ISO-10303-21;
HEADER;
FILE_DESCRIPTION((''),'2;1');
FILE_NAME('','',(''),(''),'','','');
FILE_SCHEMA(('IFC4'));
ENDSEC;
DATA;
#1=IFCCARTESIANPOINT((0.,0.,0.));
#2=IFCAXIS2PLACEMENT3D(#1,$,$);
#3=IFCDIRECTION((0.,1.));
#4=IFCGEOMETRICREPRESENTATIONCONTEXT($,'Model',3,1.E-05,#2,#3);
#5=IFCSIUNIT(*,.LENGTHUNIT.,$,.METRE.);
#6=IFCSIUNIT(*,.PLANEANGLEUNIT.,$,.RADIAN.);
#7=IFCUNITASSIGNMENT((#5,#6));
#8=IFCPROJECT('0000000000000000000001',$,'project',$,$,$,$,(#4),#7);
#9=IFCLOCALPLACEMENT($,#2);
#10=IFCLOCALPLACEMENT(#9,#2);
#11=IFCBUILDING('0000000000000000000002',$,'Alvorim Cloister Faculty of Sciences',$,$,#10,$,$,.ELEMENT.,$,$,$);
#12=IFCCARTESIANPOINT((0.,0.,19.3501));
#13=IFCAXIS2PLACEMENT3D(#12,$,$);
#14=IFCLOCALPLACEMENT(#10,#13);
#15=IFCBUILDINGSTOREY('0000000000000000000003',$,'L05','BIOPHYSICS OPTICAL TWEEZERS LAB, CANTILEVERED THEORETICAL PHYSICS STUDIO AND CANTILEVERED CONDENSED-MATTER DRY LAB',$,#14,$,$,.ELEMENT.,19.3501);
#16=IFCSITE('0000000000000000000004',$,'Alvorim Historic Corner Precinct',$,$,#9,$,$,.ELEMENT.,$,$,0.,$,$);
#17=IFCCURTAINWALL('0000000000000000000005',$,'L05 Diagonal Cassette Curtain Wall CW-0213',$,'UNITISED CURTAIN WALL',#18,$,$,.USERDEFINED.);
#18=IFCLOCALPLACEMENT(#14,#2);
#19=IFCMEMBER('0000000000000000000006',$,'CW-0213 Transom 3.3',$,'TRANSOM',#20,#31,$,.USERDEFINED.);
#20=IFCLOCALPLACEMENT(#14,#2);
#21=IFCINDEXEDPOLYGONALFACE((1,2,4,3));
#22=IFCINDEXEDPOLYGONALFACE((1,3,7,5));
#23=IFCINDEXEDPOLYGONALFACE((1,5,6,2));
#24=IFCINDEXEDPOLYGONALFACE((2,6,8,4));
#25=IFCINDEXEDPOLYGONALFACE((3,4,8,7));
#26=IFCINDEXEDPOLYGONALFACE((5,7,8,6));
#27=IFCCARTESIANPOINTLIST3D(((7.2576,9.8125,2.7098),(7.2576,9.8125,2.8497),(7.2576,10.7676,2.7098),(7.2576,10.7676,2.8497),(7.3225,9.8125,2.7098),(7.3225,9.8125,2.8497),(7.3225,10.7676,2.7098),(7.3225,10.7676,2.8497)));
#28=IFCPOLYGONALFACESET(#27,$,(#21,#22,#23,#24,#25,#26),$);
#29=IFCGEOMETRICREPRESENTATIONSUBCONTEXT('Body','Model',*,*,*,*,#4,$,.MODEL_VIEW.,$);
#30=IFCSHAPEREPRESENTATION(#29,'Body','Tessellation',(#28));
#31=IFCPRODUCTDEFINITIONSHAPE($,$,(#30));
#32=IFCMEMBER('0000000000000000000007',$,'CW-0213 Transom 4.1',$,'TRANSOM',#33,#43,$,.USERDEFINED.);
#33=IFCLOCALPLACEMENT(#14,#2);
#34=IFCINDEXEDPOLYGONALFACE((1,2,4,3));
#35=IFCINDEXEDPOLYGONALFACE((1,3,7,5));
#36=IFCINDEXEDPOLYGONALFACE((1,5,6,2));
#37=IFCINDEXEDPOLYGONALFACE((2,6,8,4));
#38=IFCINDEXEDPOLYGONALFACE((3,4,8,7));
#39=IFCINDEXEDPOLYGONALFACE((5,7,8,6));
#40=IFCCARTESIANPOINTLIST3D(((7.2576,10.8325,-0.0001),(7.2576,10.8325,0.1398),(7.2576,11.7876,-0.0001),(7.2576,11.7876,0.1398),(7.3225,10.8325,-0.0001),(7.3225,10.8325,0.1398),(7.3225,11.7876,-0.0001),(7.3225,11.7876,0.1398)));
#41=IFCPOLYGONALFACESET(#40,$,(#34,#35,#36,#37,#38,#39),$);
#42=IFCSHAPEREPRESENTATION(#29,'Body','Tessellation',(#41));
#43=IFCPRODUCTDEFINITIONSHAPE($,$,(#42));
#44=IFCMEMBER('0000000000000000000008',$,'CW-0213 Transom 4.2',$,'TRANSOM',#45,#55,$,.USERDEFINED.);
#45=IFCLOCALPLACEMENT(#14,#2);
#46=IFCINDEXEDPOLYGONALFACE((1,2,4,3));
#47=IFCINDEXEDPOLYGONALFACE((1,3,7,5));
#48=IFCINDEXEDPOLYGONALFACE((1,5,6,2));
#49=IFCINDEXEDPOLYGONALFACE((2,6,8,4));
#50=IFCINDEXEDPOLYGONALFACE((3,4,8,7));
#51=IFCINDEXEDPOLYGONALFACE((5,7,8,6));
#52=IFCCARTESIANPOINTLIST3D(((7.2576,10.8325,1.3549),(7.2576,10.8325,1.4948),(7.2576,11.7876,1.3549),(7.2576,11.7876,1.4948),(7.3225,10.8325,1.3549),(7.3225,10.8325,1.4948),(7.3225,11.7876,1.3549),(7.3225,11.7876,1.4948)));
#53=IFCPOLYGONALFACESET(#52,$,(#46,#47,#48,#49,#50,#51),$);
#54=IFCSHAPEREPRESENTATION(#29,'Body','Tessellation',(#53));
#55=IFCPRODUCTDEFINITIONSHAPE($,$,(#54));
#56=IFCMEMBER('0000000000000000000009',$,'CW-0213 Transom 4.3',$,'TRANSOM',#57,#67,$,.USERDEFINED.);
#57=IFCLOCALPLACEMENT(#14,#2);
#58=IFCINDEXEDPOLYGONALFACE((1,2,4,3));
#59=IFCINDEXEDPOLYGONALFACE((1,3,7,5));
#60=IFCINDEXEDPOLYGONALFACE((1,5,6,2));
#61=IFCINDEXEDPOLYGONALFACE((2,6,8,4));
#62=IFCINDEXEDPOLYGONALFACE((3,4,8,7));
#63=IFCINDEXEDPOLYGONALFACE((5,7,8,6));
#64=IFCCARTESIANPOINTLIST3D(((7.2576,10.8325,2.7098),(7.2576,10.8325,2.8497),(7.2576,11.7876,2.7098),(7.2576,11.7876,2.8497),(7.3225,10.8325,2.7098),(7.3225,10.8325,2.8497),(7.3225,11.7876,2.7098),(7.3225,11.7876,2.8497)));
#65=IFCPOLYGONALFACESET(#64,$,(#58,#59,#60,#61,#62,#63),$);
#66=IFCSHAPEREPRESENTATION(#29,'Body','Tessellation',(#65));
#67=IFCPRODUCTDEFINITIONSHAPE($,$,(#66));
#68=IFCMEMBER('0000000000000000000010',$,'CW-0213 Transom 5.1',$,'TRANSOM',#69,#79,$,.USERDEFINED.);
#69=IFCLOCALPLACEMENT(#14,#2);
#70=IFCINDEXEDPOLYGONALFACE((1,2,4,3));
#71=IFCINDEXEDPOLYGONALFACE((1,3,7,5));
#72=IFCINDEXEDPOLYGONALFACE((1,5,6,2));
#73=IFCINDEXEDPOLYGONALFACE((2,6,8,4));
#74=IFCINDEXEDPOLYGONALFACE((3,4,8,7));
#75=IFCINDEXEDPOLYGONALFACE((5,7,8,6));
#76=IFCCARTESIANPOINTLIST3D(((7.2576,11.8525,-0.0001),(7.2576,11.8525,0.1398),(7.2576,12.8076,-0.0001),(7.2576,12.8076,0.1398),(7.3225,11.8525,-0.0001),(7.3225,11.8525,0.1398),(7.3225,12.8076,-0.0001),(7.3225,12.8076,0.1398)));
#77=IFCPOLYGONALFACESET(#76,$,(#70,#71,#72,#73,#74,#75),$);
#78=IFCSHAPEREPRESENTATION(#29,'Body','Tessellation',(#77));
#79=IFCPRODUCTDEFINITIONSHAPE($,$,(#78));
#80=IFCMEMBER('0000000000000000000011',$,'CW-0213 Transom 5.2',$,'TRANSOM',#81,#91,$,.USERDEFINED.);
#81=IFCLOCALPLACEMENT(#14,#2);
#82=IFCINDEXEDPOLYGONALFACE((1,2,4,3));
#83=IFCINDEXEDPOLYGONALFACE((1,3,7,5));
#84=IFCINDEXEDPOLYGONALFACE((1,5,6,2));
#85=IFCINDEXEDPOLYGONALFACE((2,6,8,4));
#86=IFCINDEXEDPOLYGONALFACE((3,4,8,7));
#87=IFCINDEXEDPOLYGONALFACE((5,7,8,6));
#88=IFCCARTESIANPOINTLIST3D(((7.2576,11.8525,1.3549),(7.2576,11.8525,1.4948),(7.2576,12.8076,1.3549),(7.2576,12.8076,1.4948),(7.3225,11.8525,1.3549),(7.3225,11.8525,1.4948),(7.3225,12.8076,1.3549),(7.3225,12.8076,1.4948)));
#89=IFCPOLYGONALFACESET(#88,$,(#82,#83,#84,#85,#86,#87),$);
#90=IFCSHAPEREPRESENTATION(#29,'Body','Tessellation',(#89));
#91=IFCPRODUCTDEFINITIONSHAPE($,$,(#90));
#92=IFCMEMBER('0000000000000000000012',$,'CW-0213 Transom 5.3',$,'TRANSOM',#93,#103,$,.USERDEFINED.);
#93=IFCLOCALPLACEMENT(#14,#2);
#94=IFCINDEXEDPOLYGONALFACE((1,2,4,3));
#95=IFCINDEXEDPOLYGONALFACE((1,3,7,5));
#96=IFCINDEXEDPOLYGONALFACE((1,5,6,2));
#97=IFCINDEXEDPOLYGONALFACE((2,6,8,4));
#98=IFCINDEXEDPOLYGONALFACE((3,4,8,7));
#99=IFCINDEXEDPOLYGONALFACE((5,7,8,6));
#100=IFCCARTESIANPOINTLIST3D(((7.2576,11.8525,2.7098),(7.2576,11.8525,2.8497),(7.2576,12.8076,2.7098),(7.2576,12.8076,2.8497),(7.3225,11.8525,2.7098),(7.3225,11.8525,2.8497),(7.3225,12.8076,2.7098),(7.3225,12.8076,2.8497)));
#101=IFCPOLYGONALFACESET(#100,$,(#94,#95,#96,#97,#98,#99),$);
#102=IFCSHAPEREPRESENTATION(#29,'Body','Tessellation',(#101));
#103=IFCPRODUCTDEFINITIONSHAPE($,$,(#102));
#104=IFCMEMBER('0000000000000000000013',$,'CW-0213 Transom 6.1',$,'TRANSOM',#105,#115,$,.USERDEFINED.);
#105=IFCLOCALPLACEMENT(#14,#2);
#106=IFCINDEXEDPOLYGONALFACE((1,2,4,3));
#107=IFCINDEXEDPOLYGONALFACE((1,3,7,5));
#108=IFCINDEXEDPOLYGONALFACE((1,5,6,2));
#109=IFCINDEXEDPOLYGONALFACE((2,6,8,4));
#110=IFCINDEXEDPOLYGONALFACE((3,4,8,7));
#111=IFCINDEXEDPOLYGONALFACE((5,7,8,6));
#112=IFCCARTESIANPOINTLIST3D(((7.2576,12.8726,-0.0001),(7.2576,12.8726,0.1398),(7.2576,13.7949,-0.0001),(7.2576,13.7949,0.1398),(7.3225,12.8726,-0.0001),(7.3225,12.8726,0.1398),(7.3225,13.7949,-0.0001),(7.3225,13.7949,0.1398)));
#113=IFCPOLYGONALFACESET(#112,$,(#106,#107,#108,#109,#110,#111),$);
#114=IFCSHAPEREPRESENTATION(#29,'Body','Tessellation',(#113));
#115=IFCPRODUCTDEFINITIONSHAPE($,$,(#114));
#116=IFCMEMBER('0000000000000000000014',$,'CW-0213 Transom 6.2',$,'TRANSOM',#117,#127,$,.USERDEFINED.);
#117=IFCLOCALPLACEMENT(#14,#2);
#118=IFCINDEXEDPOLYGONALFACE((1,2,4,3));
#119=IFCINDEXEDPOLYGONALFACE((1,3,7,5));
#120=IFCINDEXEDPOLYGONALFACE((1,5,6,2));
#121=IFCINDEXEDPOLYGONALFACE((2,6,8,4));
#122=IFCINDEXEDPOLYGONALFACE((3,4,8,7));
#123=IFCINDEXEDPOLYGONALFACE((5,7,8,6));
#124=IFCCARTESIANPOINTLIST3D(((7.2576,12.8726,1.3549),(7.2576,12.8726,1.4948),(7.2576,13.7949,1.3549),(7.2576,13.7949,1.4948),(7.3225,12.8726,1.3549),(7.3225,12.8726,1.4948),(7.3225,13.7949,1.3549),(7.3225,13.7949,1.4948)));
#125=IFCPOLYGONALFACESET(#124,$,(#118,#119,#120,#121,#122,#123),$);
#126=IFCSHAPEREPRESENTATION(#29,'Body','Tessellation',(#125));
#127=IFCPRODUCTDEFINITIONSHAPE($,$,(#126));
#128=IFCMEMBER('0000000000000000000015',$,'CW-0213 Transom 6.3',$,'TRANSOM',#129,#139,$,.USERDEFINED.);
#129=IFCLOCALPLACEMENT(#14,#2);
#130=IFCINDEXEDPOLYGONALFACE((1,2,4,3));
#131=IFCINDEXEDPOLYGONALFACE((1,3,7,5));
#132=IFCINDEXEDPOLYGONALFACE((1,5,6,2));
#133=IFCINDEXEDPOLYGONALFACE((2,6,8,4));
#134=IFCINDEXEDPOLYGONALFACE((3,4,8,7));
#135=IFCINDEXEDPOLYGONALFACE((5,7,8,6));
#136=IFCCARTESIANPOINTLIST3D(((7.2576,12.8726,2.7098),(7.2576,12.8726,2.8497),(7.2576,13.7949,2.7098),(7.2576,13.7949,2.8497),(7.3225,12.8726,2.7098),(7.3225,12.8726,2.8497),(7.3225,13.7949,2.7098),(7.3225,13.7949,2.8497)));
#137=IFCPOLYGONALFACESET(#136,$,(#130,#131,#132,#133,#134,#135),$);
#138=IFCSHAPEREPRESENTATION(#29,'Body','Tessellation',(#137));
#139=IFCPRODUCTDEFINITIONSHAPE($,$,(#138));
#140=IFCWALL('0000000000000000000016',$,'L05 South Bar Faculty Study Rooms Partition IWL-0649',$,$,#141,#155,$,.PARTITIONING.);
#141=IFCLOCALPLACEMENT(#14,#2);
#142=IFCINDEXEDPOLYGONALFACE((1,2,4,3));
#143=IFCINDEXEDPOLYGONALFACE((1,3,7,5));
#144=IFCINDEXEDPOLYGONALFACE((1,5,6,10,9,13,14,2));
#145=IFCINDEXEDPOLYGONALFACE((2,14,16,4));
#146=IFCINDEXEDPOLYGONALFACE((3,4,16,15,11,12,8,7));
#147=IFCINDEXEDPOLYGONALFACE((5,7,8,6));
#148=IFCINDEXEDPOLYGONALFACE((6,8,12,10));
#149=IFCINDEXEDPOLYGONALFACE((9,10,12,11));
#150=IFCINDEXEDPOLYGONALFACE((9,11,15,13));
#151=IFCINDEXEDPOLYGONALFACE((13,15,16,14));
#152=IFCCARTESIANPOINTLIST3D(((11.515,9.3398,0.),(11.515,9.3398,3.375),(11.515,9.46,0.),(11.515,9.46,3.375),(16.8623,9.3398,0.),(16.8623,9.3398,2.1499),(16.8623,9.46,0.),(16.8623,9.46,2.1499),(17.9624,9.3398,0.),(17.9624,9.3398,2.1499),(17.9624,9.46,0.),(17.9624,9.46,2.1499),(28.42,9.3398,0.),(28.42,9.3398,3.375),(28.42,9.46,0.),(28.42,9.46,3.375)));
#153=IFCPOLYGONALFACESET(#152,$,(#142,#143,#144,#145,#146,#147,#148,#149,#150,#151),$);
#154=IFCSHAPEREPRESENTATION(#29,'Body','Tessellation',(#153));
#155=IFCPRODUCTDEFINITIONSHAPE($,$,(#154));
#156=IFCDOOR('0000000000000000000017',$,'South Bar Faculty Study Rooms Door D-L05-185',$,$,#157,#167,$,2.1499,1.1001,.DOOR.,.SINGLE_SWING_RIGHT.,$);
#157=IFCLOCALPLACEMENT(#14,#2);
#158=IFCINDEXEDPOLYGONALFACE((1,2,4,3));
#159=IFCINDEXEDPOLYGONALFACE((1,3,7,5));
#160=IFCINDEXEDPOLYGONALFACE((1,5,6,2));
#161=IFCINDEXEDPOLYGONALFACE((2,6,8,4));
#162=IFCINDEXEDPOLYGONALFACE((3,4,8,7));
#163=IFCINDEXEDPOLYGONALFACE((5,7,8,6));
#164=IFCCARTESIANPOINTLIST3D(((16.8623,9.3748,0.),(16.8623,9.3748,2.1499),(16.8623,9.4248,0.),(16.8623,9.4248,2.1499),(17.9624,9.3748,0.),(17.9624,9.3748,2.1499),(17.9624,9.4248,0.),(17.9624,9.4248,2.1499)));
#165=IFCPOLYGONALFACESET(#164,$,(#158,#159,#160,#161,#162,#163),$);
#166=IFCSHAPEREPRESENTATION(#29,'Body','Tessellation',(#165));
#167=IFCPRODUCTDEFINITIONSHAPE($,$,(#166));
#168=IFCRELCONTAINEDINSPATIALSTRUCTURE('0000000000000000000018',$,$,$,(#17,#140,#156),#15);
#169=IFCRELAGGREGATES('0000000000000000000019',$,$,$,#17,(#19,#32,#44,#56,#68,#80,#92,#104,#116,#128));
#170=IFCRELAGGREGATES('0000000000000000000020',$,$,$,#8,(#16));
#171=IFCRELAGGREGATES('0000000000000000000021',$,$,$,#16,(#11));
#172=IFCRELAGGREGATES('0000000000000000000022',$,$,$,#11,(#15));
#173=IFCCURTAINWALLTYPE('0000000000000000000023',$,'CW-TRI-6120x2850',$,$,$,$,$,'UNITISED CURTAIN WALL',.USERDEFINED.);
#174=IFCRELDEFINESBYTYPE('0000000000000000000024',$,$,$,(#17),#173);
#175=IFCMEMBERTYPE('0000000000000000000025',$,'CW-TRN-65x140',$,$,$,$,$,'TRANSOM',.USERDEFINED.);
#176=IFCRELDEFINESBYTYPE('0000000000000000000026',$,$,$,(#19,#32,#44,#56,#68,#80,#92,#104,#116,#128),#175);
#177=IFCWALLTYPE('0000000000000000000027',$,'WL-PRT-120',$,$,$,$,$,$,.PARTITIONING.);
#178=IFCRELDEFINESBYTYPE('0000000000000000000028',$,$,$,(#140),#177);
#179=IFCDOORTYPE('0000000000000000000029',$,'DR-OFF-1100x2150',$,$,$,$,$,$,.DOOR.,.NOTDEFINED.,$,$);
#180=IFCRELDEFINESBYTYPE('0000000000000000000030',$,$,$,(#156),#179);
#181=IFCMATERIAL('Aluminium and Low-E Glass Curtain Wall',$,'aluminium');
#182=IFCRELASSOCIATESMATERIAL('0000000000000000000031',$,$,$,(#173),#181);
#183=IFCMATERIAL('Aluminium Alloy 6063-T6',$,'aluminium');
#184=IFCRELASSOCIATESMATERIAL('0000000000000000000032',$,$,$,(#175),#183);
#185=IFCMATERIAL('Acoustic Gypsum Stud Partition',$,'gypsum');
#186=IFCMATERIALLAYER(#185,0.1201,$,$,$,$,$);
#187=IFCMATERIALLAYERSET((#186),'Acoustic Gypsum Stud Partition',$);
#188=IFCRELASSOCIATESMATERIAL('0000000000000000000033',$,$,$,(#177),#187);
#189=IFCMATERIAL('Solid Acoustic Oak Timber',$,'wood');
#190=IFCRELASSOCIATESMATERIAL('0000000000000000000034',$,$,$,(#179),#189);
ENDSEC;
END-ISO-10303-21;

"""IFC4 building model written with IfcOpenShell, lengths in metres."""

from ifc_helpers import new_model, si_unit, direction, frame, frame_2d, origin, origin_2d, place, context, subcontext, project, spatial, rectangle, extrude, material, layer, layer_set, material_profile, profile_set, type_object, element, fill, aggregate, save


model = new_model("IFC4")

# Units and contexts
model_context = context("Model", 3, precision=1e-05, world=origin(), true_north=direction((0.0, 1.0)))
body_context = subcontext(model_context, "Body", "Model", "MODEL_VIEW")
ifc_project = project(units=[si_unit("LENGTHUNIT", "METRE"), si_unit("PLANEANGLEUNIT", "RADIAN")], contexts=[model_context])

# Site, building, storey
site_placement = place(None, origin())
site = spatial("IfcSite", under=ifc_project, at=site_placement, Name="Alvorim Historic Corner Precinct", CompositionType="ELEMENT", RefElevation=0.0)
building_placement = place(site_placement, origin())
building = spatial("IfcBuilding", under=site, at=building_placement, Name="Alvorim Cloister Faculty of Sciences", CompositionType="ELEMENT")
storey_placement = place(building_placement, frame((0.0, 0.0, 19.3501)))
storey = spatial("IfcBuildingStorey", under=building, at=storey_placement, Name="L05", Description="BIOPHYSICS OPTICAL TWEEZERS LAB, CANTILEVERED THEORETICAL PHYSICS STUDIO AND CANTILEVERED CONDENSED-MATTER DRY LAB", CompositionType="ELEMENT", Elevation=19.3501)

# Curtain wall, members
ifc_material_1 = material(Name="Aluminium and Low-E Glass Curtain Wall", Category="aluminium")
curtain_wall_type = type_object("IfcCurtainWallType", Name="CW-TRI-6120x2850", ElementType="UNITISED CURTAIN WALL", PredefinedType="USERDEFINED", material=ifc_material_1)
curtain_wall_placement = place(storey_placement, origin())
curtain_wall = element("IfcCurtainWall", 1, at=curtain_wall_placement, inside=storey, type_object=curtain_wall_type, Name="L05 Diagonal Cassette Curtain Wall CW-0213", ObjectType="UNITISED CURTAIN WALL", PredefinedType="USERDEFINED")
ifc_material_2 = material(Name="Aluminium Alloy 6063-T6", Category="aluminium")
ifc_material_profile_1 = material_profile(ifc_material_2, rectangle(XDim=0.0649, YDim=0.1399, at=origin_2d()), Name="ALU-TRN-65x140")
ifc_profile_set_1 = profile_set([ifc_material_profile_1], Name="Aluminium Alloy 6063-T6")
member_type_1 = type_object("IfcMemberType", Name="CW-TRN-65x140", ElementType="TRANSOM", PredefinedType="USERDEFINED", material=ifc_profile_set_1)
member_1_placement = place(storey_placement, frame((7.29, 9.8125, 2.7798), z_axis=(0.0, 1.0, 0.0), x_axis=(-1.0, 0.0, 0.0)))
member_1 = element("IfcMember", 2, at=member_1_placement, type_object=member_type_1, Name="CW-0213 Transom 3.3", ObjectType="TRANSOM", PredefinedType="USERDEFINED", context=body_context, shape_type="SweptSolid", body=[
    extrude(rectangle(XDim=0.0649, YDim=0.1399, at=origin_2d()), origin(), (0.0, 0.0, 1.0), 0.9551),
])
member_2_placement = place(storey_placement, frame((7.29, 10.8325, 0.0698), z_axis=(0.0, 1.0, 0.0), x_axis=(-1.0, 0.0, 0.0)))
member_2 = element("IfcMember", 3, at=member_2_placement, type_object=member_type_1, Name="CW-0213 Transom 4.1", ObjectType="TRANSOM", PredefinedType="USERDEFINED", context=body_context, shape_type="SweptSolid", body=[
    extrude(rectangle(XDim=0.0649, YDim=0.1399, at=origin_2d()), origin(), (0.0, 0.0, 1.0), 0.9551),
])
member_3_placement = place(storey_placement, frame((7.29, 10.8325, 1.4248), z_axis=(0.0, 1.0, 0.0), x_axis=(-1.0, 0.0, 0.0)))
member_3 = element("IfcMember", 4, at=member_3_placement, type_object=member_type_1, Name="CW-0213 Transom 4.2", ObjectType="TRANSOM", PredefinedType="USERDEFINED", context=body_context, shape_type="SweptSolid", body=[
    extrude(rectangle(XDim=0.0649, YDim=0.1399, at=origin_2d()), origin(), (0.0, 0.0, 1.0), 0.9551),
])
member_4_placement = place(storey_placement, frame((7.29, 10.8325, 2.7798), z_axis=(0.0, 1.0, 0.0), x_axis=(-1.0, 0.0, 0.0)))
member_4 = element("IfcMember", 5, at=member_4_placement, type_object=member_type_1, Name="CW-0213 Transom 4.3", ObjectType="TRANSOM", PredefinedType="USERDEFINED", context=body_context, shape_type="SweptSolid", body=[
    extrude(rectangle(XDim=0.0649, YDim=0.1399, at=origin_2d()), origin(), (0.0, 0.0, 1.0), 0.9551),
])
member_5_placement = place(storey_placement, frame((7.29, 11.8525, 0.0698), z_axis=(0.0, 1.0, 0.0), x_axis=(-1.0, 0.0, 0.0)))
member_5 = element("IfcMember", 6, at=member_5_placement, type_object=member_type_1, Name="CW-0213 Transom 5.1", ObjectType="TRANSOM", PredefinedType="USERDEFINED", context=body_context, shape_type="SweptSolid", body=[
    extrude(rectangle(XDim=0.0649, YDim=0.1399, at=origin_2d()), origin(), (0.0, 0.0, 1.0), 0.9551),
])
member_6_placement = place(storey_placement, frame((7.29, 11.8525, 1.4248), z_axis=(0.0, 1.0, 0.0), x_axis=(-1.0, 0.0, 0.0)))
member_6 = element("IfcMember", 7, at=member_6_placement, type_object=member_type_1, Name="CW-0213 Transom 5.2", ObjectType="TRANSOM", PredefinedType="USERDEFINED", context=body_context, shape_type="SweptSolid", body=[
    extrude(rectangle(XDim=0.0649, YDim=0.1399, at=origin_2d()), origin(), (0.0, 0.0, 1.0), 0.9551),
])
member_7_placement = place(storey_placement, frame((7.29, 11.8525, 2.7798), z_axis=(0.0, 1.0, 0.0), x_axis=(-1.0, 0.0, 0.0)))
member_7 = element("IfcMember", 8, at=member_7_placement, type_object=member_type_1, Name="CW-0213 Transom 5.3", ObjectType="TRANSOM", PredefinedType="USERDEFINED", context=body_context, shape_type="SweptSolid", body=[
    extrude(rectangle(XDim=0.0649, YDim=0.1399, at=origin_2d()), origin(), (0.0, 0.0, 1.0), 0.9551),
])
member_8_placement = place(storey_placement, frame((7.29, 12.8726, 0.0698), z_axis=(0.0, 1.0, 0.0), x_axis=(-1.0, 0.0, 0.0)))
member_8 = element("IfcMember", 9, at=member_8_placement, type_object=member_type_1, Name="CW-0213 Transom 6.1", ObjectType="TRANSOM", PredefinedType="USERDEFINED", context=body_context, shape_type="SweptSolid", body=[
    extrude(rectangle(XDim=0.0649, YDim=0.1399, at=origin_2d()), origin(), (0.0, 0.0, 1.0), 0.9224),
])
member_9_placement = place(storey_placement, frame((7.29, 12.8726, 1.4248), z_axis=(0.0, 1.0, 0.0), x_axis=(-1.0, 0.0, 0.0)))
member_9 = element("IfcMember", 10, at=member_9_placement, type_object=member_type_1, Name="CW-0213 Transom 6.2", ObjectType="TRANSOM", PredefinedType="USERDEFINED", context=body_context, shape_type="SweptSolid", body=[
    extrude(rectangle(XDim=0.0649, YDim=0.1399, at=origin_2d()), origin(), (0.0, 0.0, 1.0), 0.9224),
])
member_10_placement = place(storey_placement, frame((7.29, 12.8726, 2.7798), z_axis=(0.0, 1.0, 0.0), x_axis=(-1.0, 0.0, 0.0)))
member_10 = element("IfcMember", 11, at=member_10_placement, type_object=member_type_1, Name="CW-0213 Transom 6.3", ObjectType="TRANSOM", PredefinedType="USERDEFINED", context=body_context, shape_type="SweptSolid", body=[
    extrude(rectangle(XDim=0.0649, YDim=0.1399, at=origin_2d()), origin(), (0.0, 0.0, 1.0), 0.9224),
])
aggregate(curtain_wall, [member_1, member_2, member_3, member_4, member_5, member_6, member_7, member_8, member_9, member_10])

# Wall, opening, door
ifc_material_3 = material(Name="Acoustic Gypsum Stud Partition", Category="gypsum")
ifc_layer_1 = layer(ifc_material_3, 0.1201)
ifc_layer_set_1 = layer_set([ifc_layer_1], Name="Acoustic Gypsum Stud Partition")
wall_type_1 = type_object("IfcWallType", Name="WL-PRT-120", PredefinedType="PARTITIONING", material=ifc_layer_set_1)
wall_1_placement = place(storey_placement, frame((11.5149, 9.3999, 0.0), z_axis=(0.0, 0.0, 1.0), x_axis=(1.0, 0.0, 0.0)))
wall_1 = element("IfcWall", 12, at=wall_1_placement, inside=storey, type_object=wall_type_1, Name="L05 South Bar Faculty Study Rooms Partition IWL-0649", PredefinedType="PARTITIONING", context=body_context, shape_type="SweptSolid", body=[
    extrude(rectangle(XDim=16.905, YDim=0.1201, at=frame_2d((8.4526, 0.0))), origin(), (0.0, 0.0, 1.0), 3.375),
])
opening_1_placement = place(wall_1_placement, frame((5.3474, 0.0, 0.0)))
opening_1 = element("IfcOpeningElement", 13, at=opening_1_placement, cuts=wall_1, PredefinedType="OPENING", context=body_context, shape_type="SweptSolid", body=[
    extrude(rectangle(XDim=1.1001, YDim=2.1499, at=frame_2d((0.55, 1.075))), frame((0.0, 0.072, 0.0), z_axis=(0.0, -1.0, 0.0), x_axis=(1.0, 0.0, 0.0)), (0.0, 0.0, 1.0), 0.144),
])
ifc_material_4 = material(Name="Solid Acoustic Oak Timber", Category="wood")
door_type_1 = type_object("IfcDoorType", Name="DR-OFF-1100x2150", OperationType="NOTDEFINED", PredefinedType="DOOR", material=ifc_material_4)
door_1_placement = place(opening_1_placement, origin())
door_1 = element("IfcDoor", 14, at=door_1_placement, inside=storey, type_object=door_type_1, Name="South Bar Faculty Study Rooms Door D-L05-185", OperationType="SINGLE_SWING_RIGHT", OverallHeight=2.1499, OverallWidth=1.1001, PredefinedType="DOOR", context=body_context, shape_type="SweptSolid", body=[
    extrude(rectangle(XDim=1.1001, YDim=2.1499, at=frame_2d((0.55, 1.075))), frame((0.0, 0.0249, 0.0), z_axis=(0.0, -1.0, 0.0), x_axis=(1.0, 0.0, 0.0)), (0.0, 0.0, 1.0), 0.05),
])
fill(opening_1, door_1)

save(model, "model.ifc")
